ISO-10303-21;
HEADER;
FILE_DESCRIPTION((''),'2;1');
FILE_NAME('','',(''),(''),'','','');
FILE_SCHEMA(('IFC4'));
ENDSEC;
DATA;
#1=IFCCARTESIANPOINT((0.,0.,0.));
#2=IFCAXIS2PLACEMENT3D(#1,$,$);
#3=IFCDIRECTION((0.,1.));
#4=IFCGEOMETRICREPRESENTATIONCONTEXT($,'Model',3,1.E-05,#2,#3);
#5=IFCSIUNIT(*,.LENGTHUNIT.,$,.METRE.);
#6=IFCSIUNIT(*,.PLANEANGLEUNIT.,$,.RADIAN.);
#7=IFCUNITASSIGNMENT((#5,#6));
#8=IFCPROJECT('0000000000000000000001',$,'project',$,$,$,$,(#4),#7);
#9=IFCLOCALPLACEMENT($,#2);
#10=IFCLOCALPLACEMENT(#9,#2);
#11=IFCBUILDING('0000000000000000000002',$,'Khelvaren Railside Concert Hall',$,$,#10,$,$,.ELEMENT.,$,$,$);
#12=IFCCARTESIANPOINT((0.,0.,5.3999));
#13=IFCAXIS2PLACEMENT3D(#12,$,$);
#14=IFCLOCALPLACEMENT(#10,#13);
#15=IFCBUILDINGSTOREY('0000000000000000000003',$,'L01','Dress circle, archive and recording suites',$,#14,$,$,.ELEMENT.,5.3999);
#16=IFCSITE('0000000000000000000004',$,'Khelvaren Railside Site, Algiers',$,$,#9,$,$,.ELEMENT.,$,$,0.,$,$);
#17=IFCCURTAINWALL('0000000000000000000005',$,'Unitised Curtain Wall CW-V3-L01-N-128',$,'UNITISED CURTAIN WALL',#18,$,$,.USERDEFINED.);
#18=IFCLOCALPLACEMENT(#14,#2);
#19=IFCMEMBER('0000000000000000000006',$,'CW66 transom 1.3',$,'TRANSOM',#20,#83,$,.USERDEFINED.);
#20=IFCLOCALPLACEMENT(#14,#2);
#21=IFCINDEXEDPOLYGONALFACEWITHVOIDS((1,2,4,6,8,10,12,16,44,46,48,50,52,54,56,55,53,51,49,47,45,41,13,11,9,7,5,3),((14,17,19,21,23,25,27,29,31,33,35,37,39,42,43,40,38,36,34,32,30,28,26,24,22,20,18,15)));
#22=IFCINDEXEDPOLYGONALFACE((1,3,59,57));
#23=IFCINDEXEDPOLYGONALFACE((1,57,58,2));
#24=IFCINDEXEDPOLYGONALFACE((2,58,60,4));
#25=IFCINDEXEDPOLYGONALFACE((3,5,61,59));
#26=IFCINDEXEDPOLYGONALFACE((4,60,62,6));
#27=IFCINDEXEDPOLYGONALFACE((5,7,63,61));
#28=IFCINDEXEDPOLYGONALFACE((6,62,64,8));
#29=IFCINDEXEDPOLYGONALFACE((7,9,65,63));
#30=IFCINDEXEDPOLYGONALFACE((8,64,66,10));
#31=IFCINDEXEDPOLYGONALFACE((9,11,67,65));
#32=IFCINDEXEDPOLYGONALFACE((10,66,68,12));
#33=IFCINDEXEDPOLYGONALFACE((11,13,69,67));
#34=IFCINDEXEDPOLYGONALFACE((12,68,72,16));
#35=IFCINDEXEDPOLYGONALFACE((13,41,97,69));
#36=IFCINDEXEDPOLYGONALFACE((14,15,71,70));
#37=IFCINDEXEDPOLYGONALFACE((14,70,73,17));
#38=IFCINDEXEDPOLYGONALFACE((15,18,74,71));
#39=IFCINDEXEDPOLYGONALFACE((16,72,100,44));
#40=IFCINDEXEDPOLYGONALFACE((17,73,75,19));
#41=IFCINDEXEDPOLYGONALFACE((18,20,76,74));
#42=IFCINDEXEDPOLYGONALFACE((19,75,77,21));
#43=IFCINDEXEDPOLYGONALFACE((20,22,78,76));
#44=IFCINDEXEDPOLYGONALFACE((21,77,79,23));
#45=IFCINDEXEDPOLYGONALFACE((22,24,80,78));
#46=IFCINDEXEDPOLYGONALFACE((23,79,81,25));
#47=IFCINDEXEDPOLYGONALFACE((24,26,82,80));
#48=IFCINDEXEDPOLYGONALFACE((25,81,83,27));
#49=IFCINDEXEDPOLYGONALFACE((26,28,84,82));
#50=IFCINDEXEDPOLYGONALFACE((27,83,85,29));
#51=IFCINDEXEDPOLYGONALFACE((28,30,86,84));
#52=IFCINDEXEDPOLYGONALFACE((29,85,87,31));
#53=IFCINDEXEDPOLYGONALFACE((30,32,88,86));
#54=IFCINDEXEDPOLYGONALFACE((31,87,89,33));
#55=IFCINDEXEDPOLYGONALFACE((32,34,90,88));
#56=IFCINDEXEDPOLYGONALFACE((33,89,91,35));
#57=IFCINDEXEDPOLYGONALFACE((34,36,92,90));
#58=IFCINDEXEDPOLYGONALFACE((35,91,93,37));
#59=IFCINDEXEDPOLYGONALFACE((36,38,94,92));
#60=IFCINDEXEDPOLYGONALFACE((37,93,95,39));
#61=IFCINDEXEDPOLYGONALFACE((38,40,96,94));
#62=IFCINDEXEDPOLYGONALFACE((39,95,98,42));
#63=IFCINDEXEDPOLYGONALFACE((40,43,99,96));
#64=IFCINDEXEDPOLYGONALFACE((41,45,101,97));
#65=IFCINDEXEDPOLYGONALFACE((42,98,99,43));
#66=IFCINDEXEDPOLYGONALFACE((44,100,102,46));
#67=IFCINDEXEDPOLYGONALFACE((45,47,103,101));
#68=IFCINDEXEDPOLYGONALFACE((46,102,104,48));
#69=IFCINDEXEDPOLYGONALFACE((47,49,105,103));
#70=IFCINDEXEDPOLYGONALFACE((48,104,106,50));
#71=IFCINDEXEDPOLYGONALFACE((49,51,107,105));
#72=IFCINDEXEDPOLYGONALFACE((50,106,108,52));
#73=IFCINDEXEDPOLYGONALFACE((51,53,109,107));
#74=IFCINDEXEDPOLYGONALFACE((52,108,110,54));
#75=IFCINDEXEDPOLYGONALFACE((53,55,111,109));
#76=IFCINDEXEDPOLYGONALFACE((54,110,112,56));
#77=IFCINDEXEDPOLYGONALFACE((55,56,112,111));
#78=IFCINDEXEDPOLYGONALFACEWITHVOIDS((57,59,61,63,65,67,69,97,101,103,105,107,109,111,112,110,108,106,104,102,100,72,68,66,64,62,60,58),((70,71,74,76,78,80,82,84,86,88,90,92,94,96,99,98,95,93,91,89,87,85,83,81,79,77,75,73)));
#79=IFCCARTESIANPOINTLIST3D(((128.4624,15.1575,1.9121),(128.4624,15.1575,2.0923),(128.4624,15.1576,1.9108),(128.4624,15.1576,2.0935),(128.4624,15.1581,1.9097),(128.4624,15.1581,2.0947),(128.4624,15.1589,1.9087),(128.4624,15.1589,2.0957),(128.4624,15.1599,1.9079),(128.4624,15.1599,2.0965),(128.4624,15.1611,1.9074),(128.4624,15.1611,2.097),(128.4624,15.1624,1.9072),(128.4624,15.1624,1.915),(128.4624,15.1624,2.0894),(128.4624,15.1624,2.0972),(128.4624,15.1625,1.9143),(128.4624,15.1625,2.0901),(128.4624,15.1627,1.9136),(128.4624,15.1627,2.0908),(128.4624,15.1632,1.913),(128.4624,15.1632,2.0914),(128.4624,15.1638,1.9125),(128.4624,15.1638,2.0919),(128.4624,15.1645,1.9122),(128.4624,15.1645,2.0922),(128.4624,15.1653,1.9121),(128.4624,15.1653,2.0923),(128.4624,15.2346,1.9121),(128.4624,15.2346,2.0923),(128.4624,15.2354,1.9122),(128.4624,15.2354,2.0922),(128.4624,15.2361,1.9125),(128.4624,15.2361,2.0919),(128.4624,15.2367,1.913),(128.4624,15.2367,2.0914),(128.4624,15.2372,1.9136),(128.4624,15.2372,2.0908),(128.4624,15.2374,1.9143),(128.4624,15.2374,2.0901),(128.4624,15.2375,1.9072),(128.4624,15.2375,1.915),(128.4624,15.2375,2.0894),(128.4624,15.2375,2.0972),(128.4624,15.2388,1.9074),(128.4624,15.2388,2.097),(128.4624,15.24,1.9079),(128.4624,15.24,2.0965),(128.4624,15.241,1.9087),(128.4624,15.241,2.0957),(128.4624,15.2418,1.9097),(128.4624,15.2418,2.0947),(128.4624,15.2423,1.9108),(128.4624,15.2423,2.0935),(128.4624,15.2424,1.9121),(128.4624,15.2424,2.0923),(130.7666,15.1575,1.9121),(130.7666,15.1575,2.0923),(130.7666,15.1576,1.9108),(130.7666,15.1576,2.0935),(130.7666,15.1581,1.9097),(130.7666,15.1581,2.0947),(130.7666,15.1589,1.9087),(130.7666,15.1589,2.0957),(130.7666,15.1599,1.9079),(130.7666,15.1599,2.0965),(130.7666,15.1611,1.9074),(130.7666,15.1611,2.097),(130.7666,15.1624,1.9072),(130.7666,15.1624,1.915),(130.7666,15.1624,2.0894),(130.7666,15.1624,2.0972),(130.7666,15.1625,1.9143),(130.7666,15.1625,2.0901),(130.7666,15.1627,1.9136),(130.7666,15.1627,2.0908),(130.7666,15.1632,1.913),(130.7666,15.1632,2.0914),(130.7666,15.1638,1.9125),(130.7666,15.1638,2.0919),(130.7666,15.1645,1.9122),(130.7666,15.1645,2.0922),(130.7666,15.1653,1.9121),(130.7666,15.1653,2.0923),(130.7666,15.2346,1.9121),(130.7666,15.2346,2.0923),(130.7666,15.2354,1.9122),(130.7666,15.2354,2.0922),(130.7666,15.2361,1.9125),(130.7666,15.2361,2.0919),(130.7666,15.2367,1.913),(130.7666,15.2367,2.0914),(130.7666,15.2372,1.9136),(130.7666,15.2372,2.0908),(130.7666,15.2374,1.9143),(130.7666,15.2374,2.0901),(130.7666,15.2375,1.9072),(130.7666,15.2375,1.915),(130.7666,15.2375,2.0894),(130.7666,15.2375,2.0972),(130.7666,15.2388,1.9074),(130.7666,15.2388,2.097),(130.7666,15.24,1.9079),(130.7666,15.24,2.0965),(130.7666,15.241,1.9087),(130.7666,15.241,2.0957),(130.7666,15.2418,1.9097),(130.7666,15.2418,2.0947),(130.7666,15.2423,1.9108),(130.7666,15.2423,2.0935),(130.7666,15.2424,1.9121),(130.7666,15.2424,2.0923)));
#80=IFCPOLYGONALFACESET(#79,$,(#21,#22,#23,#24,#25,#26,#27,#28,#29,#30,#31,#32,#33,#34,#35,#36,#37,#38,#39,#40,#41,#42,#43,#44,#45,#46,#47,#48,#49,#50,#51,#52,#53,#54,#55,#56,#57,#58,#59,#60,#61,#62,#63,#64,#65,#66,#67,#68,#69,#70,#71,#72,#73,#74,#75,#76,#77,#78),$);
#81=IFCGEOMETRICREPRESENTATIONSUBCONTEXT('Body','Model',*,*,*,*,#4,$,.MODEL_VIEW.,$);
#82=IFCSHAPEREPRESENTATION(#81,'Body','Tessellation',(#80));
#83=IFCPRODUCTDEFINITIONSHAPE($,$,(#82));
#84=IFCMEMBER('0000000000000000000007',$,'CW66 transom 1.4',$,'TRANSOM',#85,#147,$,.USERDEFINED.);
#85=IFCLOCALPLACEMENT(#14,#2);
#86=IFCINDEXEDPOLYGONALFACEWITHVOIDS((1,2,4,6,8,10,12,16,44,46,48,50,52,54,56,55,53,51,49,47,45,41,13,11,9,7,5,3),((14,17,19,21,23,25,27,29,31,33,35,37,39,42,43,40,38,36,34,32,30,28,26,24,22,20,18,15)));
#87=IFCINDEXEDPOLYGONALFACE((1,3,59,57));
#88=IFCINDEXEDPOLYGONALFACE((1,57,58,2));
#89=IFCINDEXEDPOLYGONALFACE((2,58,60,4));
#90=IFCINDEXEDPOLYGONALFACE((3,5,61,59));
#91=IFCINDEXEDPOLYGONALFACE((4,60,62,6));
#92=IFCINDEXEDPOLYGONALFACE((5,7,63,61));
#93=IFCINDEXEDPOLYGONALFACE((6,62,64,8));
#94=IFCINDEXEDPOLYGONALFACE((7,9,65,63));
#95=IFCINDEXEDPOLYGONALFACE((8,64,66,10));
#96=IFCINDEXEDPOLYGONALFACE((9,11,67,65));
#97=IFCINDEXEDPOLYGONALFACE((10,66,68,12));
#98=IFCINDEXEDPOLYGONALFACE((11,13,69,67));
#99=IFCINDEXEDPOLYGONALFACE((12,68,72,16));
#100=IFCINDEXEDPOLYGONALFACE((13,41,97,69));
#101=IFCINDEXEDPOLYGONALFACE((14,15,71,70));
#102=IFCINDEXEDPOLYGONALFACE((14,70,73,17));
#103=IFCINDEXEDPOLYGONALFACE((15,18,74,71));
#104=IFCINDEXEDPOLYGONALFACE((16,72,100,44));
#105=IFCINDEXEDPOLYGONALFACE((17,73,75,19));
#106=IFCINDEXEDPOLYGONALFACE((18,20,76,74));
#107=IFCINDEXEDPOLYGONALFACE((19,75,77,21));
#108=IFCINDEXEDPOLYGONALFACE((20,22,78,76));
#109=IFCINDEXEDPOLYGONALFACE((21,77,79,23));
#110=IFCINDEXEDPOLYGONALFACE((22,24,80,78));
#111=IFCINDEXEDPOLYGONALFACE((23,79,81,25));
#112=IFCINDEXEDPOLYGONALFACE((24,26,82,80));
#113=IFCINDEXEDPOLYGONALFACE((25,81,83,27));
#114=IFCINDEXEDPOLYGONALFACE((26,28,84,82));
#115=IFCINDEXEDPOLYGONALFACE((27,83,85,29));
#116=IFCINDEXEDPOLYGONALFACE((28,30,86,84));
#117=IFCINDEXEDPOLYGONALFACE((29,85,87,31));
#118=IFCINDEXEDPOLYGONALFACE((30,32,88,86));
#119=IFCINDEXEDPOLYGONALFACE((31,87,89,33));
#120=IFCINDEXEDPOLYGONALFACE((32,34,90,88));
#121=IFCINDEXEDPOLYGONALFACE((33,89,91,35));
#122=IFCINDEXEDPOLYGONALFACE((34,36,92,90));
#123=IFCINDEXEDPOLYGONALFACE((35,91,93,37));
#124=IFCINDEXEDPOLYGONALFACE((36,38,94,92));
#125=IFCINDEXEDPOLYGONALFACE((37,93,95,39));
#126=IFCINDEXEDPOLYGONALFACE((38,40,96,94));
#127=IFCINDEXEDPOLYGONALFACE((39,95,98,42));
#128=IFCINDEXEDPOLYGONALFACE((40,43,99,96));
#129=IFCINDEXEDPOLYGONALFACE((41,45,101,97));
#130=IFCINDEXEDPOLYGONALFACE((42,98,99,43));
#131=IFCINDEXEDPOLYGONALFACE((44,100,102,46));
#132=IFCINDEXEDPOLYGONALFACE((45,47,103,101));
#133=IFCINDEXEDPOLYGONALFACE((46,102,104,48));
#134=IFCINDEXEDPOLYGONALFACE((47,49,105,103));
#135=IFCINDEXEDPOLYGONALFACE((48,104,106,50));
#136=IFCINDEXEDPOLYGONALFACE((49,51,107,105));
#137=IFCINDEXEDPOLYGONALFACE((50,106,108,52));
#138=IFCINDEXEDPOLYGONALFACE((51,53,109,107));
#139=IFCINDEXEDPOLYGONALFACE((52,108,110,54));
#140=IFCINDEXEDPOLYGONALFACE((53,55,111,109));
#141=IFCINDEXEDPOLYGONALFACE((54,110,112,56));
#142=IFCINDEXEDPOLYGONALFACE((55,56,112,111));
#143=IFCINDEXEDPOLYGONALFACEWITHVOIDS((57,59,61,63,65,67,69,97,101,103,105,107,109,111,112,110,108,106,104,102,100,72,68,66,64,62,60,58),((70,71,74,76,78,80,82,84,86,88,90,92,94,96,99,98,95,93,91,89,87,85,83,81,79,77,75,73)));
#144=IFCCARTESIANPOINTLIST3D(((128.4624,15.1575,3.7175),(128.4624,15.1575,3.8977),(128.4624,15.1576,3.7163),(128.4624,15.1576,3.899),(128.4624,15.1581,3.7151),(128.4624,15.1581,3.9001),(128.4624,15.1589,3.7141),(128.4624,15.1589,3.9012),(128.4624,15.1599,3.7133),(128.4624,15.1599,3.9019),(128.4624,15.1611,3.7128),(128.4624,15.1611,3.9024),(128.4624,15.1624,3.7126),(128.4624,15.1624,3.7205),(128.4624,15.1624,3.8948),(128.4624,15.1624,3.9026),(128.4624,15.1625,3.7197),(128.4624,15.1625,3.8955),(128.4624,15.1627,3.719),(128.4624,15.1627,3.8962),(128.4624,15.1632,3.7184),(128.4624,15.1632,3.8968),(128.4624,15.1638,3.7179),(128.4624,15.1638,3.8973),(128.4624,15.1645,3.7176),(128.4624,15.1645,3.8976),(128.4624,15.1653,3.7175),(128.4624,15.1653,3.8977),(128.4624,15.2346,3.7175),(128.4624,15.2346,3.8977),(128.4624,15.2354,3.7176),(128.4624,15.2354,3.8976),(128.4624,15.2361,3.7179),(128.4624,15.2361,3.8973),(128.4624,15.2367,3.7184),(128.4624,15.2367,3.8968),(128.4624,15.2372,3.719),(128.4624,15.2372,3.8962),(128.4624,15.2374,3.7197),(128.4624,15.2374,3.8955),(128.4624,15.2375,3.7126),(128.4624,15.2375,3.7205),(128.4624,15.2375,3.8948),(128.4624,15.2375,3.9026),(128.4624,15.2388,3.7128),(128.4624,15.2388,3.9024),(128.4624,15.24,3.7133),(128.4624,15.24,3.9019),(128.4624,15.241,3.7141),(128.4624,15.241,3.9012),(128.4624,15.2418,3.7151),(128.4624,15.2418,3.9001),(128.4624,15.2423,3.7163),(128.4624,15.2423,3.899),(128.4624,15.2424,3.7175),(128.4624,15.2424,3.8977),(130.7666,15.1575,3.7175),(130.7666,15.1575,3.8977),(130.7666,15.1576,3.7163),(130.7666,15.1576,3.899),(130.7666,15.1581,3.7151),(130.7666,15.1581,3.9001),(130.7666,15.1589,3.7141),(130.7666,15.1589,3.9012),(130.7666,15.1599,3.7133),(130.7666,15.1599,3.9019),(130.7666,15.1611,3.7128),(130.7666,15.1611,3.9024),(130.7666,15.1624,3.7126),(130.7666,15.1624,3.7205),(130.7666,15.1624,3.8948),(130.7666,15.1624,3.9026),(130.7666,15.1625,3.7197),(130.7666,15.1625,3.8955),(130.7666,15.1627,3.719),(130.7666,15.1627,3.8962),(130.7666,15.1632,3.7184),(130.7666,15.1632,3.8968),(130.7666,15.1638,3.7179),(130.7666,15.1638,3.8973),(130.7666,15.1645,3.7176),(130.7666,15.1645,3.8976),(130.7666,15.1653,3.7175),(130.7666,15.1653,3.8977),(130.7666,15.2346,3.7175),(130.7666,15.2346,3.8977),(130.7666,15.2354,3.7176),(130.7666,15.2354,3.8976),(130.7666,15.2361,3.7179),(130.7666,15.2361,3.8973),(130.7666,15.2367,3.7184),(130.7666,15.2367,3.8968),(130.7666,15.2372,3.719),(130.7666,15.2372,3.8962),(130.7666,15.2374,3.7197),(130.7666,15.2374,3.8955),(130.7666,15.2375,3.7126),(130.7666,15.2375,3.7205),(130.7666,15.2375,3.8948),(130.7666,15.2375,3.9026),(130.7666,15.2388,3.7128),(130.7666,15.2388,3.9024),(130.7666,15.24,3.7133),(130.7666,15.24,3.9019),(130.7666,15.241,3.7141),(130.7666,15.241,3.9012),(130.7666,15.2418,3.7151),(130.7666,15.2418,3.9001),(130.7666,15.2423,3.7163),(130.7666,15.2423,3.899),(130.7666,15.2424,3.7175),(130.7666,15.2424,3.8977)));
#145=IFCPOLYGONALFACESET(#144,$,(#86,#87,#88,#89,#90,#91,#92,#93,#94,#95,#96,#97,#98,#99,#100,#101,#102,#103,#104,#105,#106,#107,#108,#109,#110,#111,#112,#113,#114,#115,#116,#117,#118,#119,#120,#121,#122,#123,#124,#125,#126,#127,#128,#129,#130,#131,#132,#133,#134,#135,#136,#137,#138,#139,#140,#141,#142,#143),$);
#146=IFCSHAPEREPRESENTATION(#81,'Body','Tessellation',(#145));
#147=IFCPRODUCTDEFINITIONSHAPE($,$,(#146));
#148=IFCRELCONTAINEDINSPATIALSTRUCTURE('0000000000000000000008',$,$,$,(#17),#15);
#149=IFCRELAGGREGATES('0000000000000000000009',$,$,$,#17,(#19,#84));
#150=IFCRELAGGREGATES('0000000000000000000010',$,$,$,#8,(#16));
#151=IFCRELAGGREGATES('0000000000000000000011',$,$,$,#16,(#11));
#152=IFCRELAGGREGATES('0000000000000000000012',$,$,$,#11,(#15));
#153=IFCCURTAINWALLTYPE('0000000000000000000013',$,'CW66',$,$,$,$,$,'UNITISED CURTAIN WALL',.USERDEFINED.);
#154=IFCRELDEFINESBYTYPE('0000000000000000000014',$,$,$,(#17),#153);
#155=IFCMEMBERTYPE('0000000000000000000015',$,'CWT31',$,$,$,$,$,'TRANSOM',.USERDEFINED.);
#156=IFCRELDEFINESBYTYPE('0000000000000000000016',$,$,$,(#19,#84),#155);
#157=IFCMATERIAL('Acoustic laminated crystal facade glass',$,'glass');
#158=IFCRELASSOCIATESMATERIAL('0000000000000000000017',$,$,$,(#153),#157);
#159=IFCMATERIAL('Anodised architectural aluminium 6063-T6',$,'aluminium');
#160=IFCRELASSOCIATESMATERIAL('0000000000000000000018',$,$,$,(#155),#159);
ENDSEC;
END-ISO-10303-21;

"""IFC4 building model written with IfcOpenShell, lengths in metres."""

from ifc_helpers import new_model, si_unit, direction, frame, origin, origin_2d, place, context, subcontext, project, spatial, hollow_rectangle, extrude, material, material_profile, profile_set, type_object, element, aggregate, save


model = new_model("IFC4")

# Units and contexts
model_context = context("Model", 3, precision=1e-05, world=origin(), true_north=direction((0.0, 1.0)))
body_context = subcontext(model_context, "Body", "Model", "MODEL_VIEW")
ifc_project = project(units=[si_unit("LENGTHUNIT", "METRE"), si_unit("PLANEANGLEUNIT", "RADIAN")], contexts=[model_context])

# Site, building, storey
site_placement = place(None, origin())
site = spatial("IfcSite", under=ifc_project, at=site_placement, Name="Khelvaren Railside Site, Algiers", CompositionType="ELEMENT", RefElevation=0.0)
building_placement = place(site_placement, origin())
building = spatial("IfcBuilding", under=site, at=building_placement, Name="Khelvaren Railside Concert Hall", CompositionType="ELEMENT")
storey_placement = place(building_placement, frame((0.0, 0.0, 5.3999)))
storey = spatial("IfcBuildingStorey", under=building, at=storey_placement, Name="L01", Description="Dress circle, archive and recording suites", CompositionType="ELEMENT", Elevation=5.3999)

# Shared definitions
ifc_material_1 = material(Name="Acoustic laminated crystal facade glass", Category="glass")
ifc_material_2 = material(Name="Anodised architectural aluminium 6063-T6", Category="aluminium")

# Curtain wall, members
curtain_wall_type_1 = type_object("IfcCurtainWallType", Name="CW66", ElementType="UNITISED CURTAIN WALL", PredefinedType="USERDEFINED", material=ifc_material_1)
curtain_wall_1_placement = place(storey_placement, origin())
curtain_wall_1 = element("IfcCurtainWall", 1, at=curtain_wall_1_placement, inside=storey, type_object=curtain_wall_type_1, Name="Unitised Curtain Wall CW-V3-L01-N-128", ObjectType="UNITISED CURTAIN WALL", PredefinedType="USERDEFINED")
ifc_material_profile_1 = material_profile(ifc_material_2, hollow_rectangle(XDim=0.085, YDim=0.1899, WallThickness=0.0049, InnerFilletRadius=0.0029, OuterFilletRadius=0.0049, at=origin_2d()), Name="CWT 85x190x5")
ifc_profile_set_1 = profile_set([ifc_material_profile_1], Name="Anodised architectural aluminium 6063-T6")
member_type_1 = type_object("IfcMemberType", Name="CWT31", ElementType="TRANSOM", PredefinedType="USERDEFINED", material=ifc_profile_set_1)
member_1_placement = place(storey_placement, frame((128.4624, 15.2, 2.0022), z_axis=(1.0, 0.0, 0.0), x_axis=(0.0, 1.0, 0.0)))
member_1 = element("IfcMember", 2, at=member_1_placement, type_object=member_type_1, Name="CW66 transom 1.3", ObjectType="TRANSOM", PredefinedType="USERDEFINED", context=body_context, shape_type="SweptSolid", body=[
    extrude(hollow_rectangle(XDim=0.085, YDim=0.1899, WallThickness=0.0049, InnerFilletRadius=0.0029, OuterFilletRadius=0.0049, at=origin_2d()), origin(), (0.0, 0.0, 1.0), 2.3042),
])
member_2_placement = place(storey_placement, frame((128.4624, 15.2, 3.8076), z_axis=(1.0, 0.0, 0.0), x_axis=(0.0, 1.0, 0.0)))
member_2 = element("IfcMember", 3, at=member_2_placement, type_object=member_type_1, Name="CW66 transom 1.4", ObjectType="TRANSOM", PredefinedType="USERDEFINED", context=body_context, shape_type="SweptSolid", body=[
    extrude(hollow_rectangle(XDim=0.085, YDim=0.1899, WallThickness=0.0049, InnerFilletRadius=0.0029, OuterFilletRadius=0.0049, at=origin_2d()), origin(), (0.0, 0.0, 1.0), 2.3042),
])

aggregate(curtain_wall_1, [member_1, member_2])

save(model, "model.ifc")
